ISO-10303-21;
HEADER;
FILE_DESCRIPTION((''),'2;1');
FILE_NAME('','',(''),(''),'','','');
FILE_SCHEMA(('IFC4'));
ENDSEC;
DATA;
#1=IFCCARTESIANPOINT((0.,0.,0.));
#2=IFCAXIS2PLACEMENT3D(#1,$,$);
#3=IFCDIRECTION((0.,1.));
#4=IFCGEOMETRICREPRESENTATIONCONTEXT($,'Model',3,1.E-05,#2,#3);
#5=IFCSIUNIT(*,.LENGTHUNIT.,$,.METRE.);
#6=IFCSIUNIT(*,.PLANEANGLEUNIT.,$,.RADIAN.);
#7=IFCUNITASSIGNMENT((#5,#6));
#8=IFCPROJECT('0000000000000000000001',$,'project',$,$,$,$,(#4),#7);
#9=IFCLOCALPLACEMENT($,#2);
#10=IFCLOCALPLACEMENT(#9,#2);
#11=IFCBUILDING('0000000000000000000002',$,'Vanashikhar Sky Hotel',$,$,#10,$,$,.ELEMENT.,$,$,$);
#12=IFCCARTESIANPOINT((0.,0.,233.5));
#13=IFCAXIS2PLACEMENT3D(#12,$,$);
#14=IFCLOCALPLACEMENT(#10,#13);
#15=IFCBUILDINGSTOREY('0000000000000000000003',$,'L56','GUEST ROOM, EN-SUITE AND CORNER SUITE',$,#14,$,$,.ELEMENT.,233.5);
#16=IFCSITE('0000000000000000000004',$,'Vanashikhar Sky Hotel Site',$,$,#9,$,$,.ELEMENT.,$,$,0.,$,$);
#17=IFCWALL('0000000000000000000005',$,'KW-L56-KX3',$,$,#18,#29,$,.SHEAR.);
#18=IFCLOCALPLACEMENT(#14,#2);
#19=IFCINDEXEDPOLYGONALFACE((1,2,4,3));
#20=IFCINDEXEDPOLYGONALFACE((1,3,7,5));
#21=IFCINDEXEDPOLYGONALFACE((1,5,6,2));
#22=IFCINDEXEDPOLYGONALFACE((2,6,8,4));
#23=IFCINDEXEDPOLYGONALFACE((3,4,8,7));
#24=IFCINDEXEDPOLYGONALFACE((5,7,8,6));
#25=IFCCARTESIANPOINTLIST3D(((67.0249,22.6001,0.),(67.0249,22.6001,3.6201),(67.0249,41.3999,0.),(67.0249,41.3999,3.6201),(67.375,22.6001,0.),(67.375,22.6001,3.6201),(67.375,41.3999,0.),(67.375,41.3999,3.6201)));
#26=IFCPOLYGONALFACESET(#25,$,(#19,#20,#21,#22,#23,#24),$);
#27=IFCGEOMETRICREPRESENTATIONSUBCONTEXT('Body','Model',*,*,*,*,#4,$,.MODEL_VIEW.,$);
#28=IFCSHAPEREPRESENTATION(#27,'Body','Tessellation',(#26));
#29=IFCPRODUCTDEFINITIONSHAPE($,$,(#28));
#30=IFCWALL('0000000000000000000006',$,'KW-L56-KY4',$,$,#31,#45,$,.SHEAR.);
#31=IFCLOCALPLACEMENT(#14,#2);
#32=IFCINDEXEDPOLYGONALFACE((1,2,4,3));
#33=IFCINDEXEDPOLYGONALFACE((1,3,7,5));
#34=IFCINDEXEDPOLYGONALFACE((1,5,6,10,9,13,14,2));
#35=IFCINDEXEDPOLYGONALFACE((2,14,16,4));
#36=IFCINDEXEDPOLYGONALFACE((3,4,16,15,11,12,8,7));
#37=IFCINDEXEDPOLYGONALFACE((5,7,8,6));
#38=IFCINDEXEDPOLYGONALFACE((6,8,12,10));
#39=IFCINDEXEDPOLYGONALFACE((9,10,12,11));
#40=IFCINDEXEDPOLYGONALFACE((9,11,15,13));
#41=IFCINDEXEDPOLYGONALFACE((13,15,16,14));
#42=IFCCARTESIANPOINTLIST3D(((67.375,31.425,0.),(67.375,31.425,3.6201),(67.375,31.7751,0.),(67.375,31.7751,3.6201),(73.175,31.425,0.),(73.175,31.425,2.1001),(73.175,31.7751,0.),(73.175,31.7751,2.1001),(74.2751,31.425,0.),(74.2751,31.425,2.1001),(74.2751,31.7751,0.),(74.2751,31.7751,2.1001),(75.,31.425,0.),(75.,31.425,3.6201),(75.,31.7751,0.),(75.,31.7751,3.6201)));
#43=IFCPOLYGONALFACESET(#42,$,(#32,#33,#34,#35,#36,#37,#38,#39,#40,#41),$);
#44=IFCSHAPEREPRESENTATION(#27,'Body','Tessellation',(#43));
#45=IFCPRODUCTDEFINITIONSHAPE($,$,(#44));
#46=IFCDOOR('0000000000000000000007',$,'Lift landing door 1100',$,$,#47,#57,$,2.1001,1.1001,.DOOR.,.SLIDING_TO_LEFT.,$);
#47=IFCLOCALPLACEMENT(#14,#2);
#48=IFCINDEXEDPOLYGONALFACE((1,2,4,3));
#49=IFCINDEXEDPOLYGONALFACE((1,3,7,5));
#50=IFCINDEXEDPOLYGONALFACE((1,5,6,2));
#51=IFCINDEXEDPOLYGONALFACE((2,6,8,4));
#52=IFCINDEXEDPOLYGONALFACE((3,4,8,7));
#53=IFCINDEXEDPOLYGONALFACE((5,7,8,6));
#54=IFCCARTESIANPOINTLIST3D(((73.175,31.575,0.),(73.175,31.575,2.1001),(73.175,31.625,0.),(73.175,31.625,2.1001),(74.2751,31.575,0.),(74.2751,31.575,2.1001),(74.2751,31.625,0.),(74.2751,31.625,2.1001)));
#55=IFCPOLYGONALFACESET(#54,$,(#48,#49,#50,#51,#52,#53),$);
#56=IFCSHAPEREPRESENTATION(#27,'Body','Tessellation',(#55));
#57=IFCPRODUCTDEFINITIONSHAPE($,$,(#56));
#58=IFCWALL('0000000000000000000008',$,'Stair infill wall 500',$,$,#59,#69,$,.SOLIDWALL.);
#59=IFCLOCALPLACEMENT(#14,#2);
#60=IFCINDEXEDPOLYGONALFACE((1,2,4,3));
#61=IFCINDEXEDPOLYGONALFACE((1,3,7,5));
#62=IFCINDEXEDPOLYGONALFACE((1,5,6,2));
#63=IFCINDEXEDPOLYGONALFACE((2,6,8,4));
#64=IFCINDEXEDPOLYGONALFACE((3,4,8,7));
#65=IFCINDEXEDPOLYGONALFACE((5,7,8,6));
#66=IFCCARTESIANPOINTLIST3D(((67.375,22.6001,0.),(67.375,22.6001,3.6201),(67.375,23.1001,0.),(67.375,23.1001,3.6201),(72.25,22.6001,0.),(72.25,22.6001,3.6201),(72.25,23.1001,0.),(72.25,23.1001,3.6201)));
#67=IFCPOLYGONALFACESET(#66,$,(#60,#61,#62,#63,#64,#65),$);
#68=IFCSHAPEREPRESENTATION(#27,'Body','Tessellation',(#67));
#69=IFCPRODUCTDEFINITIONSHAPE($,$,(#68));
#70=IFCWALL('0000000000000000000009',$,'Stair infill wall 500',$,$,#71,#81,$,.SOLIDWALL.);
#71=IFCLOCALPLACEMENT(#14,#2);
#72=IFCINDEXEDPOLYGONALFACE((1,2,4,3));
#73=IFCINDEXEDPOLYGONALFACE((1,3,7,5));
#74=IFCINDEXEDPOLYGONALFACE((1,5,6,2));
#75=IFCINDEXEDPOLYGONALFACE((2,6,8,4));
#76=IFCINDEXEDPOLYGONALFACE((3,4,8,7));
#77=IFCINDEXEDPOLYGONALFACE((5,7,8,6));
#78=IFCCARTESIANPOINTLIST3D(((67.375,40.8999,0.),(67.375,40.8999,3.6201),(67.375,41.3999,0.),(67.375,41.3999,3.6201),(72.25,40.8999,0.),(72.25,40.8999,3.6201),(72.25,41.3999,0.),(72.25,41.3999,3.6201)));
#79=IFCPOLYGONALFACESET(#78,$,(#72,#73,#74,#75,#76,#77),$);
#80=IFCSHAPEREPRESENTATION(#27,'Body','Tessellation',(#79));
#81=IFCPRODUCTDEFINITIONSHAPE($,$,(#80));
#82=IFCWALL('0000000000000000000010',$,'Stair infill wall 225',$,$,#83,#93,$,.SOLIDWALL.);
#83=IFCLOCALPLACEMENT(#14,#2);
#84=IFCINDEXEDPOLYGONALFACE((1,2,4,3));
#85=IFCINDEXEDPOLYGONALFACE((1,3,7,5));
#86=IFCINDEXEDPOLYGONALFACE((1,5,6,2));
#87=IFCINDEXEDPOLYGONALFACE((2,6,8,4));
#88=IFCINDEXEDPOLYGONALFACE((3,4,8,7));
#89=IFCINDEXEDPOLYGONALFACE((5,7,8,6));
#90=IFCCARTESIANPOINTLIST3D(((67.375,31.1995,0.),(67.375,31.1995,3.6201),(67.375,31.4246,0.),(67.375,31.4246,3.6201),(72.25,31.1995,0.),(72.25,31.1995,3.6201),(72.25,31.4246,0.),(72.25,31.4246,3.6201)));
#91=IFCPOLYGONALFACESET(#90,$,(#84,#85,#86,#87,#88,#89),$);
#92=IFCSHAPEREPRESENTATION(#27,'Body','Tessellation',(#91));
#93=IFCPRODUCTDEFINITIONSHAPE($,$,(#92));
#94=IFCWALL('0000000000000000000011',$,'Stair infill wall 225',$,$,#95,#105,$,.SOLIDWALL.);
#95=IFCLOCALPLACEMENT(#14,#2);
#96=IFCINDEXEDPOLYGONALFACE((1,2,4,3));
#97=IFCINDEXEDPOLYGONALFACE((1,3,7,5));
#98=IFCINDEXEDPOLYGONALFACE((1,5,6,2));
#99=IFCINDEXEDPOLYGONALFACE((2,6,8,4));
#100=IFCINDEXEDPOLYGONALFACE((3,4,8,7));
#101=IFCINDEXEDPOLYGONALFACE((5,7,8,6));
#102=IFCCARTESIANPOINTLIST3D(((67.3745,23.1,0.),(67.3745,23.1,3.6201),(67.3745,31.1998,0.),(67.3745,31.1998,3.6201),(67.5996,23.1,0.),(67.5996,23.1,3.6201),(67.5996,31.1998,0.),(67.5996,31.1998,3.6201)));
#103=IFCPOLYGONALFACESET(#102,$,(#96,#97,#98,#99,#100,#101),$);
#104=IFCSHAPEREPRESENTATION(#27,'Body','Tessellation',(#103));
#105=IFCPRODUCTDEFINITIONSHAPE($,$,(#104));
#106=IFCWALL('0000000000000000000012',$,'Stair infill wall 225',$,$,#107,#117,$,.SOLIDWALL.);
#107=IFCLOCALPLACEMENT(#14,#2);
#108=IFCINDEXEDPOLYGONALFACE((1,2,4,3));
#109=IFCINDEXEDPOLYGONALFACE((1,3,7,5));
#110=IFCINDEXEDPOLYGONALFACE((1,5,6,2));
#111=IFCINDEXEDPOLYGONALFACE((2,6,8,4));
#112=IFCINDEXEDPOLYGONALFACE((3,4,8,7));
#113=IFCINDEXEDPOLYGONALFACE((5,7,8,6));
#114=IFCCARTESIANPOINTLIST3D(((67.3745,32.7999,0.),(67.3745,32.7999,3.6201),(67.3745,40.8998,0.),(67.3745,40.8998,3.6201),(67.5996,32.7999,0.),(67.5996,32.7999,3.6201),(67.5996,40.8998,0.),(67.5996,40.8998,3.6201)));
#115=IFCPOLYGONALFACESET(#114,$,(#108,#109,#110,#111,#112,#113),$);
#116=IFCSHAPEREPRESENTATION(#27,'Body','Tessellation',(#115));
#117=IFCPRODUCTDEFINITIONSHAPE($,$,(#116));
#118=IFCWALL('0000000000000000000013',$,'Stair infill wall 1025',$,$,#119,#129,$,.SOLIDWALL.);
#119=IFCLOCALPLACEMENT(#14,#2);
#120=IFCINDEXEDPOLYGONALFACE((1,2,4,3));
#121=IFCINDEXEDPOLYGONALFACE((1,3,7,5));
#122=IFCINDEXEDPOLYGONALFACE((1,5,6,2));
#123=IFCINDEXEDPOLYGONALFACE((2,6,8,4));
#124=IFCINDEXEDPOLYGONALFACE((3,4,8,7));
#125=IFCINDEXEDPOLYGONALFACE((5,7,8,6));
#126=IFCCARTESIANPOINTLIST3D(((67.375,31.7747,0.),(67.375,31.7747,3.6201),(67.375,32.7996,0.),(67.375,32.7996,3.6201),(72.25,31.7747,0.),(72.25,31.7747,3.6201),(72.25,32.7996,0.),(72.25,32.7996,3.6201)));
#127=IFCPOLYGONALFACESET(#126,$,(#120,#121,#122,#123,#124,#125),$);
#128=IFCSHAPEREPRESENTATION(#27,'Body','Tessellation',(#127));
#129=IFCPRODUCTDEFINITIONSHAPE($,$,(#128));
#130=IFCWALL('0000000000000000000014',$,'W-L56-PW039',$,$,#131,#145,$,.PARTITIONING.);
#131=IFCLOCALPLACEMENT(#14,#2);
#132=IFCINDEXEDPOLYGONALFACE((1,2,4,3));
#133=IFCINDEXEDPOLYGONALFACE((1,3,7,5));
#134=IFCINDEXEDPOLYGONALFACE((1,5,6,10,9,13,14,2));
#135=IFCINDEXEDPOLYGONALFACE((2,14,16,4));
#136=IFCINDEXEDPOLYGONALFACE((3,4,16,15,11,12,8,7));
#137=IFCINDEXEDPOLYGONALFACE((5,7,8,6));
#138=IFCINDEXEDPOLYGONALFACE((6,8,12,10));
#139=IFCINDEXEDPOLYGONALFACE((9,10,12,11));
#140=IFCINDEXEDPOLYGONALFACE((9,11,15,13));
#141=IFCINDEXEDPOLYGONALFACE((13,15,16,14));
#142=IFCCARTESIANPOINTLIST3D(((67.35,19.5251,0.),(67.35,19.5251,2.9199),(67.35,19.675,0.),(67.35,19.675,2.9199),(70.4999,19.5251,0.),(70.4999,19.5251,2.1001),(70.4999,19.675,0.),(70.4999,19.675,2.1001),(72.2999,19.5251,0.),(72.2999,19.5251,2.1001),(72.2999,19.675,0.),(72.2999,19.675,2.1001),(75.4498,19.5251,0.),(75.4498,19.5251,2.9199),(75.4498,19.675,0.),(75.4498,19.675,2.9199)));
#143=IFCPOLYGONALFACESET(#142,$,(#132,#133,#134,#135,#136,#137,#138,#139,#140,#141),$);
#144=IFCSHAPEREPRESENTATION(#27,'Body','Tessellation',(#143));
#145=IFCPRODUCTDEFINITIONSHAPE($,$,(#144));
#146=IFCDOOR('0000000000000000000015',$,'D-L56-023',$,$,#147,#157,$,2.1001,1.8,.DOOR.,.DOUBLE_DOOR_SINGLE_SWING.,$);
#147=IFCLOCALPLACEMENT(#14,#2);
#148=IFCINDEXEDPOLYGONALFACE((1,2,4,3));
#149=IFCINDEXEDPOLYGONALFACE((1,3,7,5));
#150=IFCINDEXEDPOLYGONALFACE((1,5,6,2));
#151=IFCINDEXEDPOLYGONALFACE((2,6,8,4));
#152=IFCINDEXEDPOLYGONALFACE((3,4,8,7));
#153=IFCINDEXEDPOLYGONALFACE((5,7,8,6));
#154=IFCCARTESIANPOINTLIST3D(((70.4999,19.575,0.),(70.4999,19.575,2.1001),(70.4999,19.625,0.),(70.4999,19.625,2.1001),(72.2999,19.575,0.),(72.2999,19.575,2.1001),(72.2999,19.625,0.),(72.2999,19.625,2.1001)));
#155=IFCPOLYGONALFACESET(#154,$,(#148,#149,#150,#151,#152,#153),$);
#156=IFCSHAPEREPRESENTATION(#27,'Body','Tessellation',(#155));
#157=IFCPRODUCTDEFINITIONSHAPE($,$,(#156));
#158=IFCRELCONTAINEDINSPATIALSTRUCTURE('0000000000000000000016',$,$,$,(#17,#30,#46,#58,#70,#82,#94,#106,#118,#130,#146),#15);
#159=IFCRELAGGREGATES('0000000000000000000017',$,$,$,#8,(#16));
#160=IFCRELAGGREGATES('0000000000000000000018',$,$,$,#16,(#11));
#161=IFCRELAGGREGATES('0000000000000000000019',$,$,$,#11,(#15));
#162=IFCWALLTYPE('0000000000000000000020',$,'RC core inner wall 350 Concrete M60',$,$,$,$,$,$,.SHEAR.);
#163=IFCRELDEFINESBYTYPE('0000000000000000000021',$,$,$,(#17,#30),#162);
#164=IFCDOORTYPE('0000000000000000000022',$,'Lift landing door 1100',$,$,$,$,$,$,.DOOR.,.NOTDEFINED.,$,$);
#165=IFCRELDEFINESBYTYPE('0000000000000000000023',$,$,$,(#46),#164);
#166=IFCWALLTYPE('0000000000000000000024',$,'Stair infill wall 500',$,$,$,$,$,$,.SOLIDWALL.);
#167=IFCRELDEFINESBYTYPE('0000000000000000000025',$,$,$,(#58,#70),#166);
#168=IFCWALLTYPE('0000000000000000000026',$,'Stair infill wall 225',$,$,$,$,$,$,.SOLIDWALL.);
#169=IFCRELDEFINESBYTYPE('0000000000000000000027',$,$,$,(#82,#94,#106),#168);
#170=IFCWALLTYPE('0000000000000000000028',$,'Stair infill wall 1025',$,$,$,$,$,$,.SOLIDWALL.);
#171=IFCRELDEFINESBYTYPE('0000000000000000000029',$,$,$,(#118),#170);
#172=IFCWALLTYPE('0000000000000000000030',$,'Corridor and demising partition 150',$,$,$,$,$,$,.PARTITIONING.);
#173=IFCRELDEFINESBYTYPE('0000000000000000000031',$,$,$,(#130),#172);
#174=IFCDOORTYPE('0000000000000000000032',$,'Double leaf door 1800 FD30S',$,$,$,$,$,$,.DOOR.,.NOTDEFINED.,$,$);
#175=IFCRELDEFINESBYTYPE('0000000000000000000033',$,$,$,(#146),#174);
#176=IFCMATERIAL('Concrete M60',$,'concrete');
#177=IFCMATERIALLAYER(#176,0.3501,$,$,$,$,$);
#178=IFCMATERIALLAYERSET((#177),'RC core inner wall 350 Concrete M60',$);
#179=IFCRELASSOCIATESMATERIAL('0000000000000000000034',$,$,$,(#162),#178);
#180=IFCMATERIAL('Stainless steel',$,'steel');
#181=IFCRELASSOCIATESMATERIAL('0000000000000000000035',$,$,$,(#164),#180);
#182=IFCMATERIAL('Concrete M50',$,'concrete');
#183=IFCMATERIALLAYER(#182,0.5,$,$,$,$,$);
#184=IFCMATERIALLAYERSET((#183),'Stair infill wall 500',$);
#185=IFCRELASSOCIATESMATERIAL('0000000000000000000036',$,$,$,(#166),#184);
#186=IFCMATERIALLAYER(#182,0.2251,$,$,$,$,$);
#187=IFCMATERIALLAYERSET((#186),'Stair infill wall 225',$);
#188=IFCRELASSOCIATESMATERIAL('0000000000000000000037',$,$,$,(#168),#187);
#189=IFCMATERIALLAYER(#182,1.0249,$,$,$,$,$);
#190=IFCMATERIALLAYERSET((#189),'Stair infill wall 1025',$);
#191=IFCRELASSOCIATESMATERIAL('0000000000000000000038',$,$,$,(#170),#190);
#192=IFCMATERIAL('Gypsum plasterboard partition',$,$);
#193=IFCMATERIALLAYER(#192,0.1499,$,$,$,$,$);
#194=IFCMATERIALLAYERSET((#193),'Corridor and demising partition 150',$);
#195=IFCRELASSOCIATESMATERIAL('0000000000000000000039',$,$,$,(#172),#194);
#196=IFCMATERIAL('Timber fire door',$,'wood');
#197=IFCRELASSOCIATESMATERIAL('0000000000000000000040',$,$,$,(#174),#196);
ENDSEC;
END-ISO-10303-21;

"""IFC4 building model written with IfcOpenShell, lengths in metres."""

from ifc_helpers import new_model, si_unit, direction, frame, frame_2d, origin, place, context, subcontext, project, spatial, rectangle, extrude, source, transform, mapped, material, layer, layer_set, type_object, element, fill, save


model = new_model("IFC4")

# Units and contexts
model_context = context("Model", 3, precision=1e-05, world=origin(), true_north=direction((0.0, 1.0)))
body_context = subcontext(model_context, "Body", "Model", "MODEL_VIEW")
ifc_project = project(units=[si_unit("LENGTHUNIT", "METRE"), si_unit("PLANEANGLEUNIT", "RADIAN")], contexts=[model_context])

# Site, building, storey
site_placement = place(None, origin())
site = spatial("IfcSite", under=ifc_project, at=site_placement, Name="Vanashikhar Sky Hotel Site", CompositionType="ELEMENT", RefElevation=0.0)
building_placement = place(site_placement, origin())
building = spatial("IfcBuilding", under=site, at=building_placement, Name="Vanashikhar Sky Hotel", CompositionType="ELEMENT")
storey_placement = place(building_placement, frame((0.0, 0.0, 233.5)))
storey = spatial("IfcBuildingStorey", under=building, at=storey_placement, Name="L56", Description="GUEST ROOM, EN-SUITE AND CORNER SUITE", CompositionType="ELEMENT", Elevation=233.5)

# Wall
ifc_material_1 = material(Name="Concrete M60", Category="concrete")
ifc_layer_1 = layer(ifc_material_1, 0.3501)
ifc_layer_set_1 = layer_set([ifc_layer_1], Name="RC core inner wall 350 Concrete M60")
wall_type_1 = type_object("IfcWallType", Name="RC core inner wall 350 Concrete M60", PredefinedType="SHEAR", material=ifc_layer_set_1)
shared_shape_1 = source(origin(), body_context, "Body", "SweptSolid", [
    extrude(rectangle(XDim=18.7998, YDim=0.3501, at=frame_2d((9.3999, 0.0))), origin(), (0.0, 0.0, 1.0), 3.6201),
])
wall_1_placement = place(storey_placement, frame((67.2, 22.6001, 0.0), z_axis=(0.0, 0.0, 1.0), x_axis=(0.0, 1.0, 0.0)))
element("IfcWall", 1, at=wall_1_placement, inside=storey, type_object=wall_type_1, Name="KW-L56-KX3", PredefinedType="SHEAR", context=body_context, shape_type="MappedRepresentation", body=[
    mapped(shared_shape_1, transform((0.0, 0.0, 0.0), scale=1.0)),
])

# Wall, opening, door
shared_shape_2 = source(origin(), body_context, "Body", "SweptSolid", [
    extrude(rectangle(XDim=7.625, YDim=0.3501, at=frame_2d((3.8125, 0.0))), origin(), (0.0, 0.0, 1.0), 3.6201),
])
wall_2_placement = place(storey_placement, frame((67.375, 31.6001, 0.0), z_axis=(0.0, 0.0, 1.0), x_axis=(1.0, 0.0, 0.0)))
wall_2 = element("IfcWall", 2, at=wall_2_placement, inside=storey, type_object=wall_type_1, Name="KW-L56-KY4", PredefinedType="SHEAR", context=body_context, shape_type="MappedRepresentation", body=[
    mapped(shared_shape_2, transform((0.0, 0.0, 0.0), scale=1.0)),
])
shared_shape_3 = source(origin(), body_context, "Body", "SweptSolid", [
    extrude(rectangle(XDim=1.1001, YDim=2.1001, at=frame_2d((0.55, 1.05))), frame((0.0, 0.1851, 0.0), z_axis=(0.0, -1.0, 0.0), x_axis=(1.0, 0.0, 0.0)), (0.0, 0.0, 1.0), 0.3701),
])
opening_1_placement = place(wall_2_placement, frame((5.8, 0.0, 0.0)))
opening_1 = element("IfcOpeningElement", 3, at=opening_1_placement, cuts=wall_2, PredefinedType="OPENING", context=body_context, shape_type="MappedRepresentation", body=[
    mapped(shared_shape_3, transform((0.0, 0.0, 0.0), scale=1.0)),
])
ifc_material_2 = material(Name="Stainless steel", Category="steel")
door_type_1 = type_object("IfcDoorType", Name="Lift landing door 1100", OperationType="NOTDEFINED", PredefinedType="DOOR", material=ifc_material_2)
shared_shape_4 = source(origin(), body_context, "Body", "SweptSolid", [
    extrude(rectangle(XDim=1.1001, YDim=2.1001, at=frame_2d((0.55, 1.05))), frame((0.0, 0.0249, 0.0), z_axis=(0.0, -1.0, 0.0), x_axis=(1.0, 0.0, 0.0)), (0.0, 0.0, 1.0), 0.05),
])
door_1_placement = place(opening_1_placement, origin())
door_1 = element("IfcDoor", 4, at=door_1_placement, inside=storey, type_object=door_type_1, Name="Lift landing door 1100", OperationType="SLIDING_TO_LEFT", OverallHeight=2.1001, OverallWidth=1.1001, PredefinedType="DOOR", context=body_context, shape_type="MappedRepresentation", body=[
    mapped(shared_shape_4, transform((0.0, 0.0, 0.0), scale=1.0)),
])
fill(opening_1, door_1)

# Walls
ifc_material_3 = material(Name="Concrete M50", Category="concrete")
ifc_layer_2 = layer(ifc_material_3, 0.5)
ifc_layer_set_2 = layer_set([ifc_layer_2], Name="Stair infill wall 500")
wall_type_2 = type_object("IfcWallType", Name="Stair infill wall 500", PredefinedType="SOLIDWALL", material=ifc_layer_set_2)
shared_shape_5 = source(origin(), body_context, "Body", "SweptSolid", [
    extrude(rectangle(XDim=4.875, YDim=0.5, at=frame_2d((2.4375, 0.0))), origin(), (0.0, 0.0, 1.0), 3.6201),
])
for number, where, z_axis, x_axis, name in (
    (5, (67.375, 22.8501, 0.0), (0.0, 0.0, 1.0), (1.0, 0.0, 0.0), "Stair infill wall 500"),
    (6, (67.375, 41.1499, 0.0), (0.0, 0.0, 1.0), (1.0, 0.0, 0.0), "Stair infill wall 500"),
):
    element("IfcWall", number, at=place(storey_placement, frame(where, z_axis=z_axis, x_axis=x_axis)), inside=storey, type_object=wall_type_2, Name=name, PredefinedType="SOLIDWALL", context=body_context, shape_type="MappedRepresentation", body=[
        mapped(shared_shape_5, transform((0.0, 0.0, 0.0), scale=1.0)),
    ])
ifc_layer_3 = layer(ifc_material_3, 0.2251)
ifc_layer_set_3 = layer_set([ifc_layer_3], Name="Stair infill wall 225")
wall_type_3 = type_object("IfcWallType", Name="Stair infill wall 225", PredefinedType="SOLIDWALL", material=ifc_layer_set_3)
shared_shape_6 = source(origin(), body_context, "Body", "SweptSolid", [
    extrude(rectangle(XDim=4.875, YDim=0.2251, at=frame_2d((2.4375, 0.0))), origin(), (0.0, 0.0, 1.0), 3.6201),
])
wall_3_placement = place(storey_placement, frame((67.375, 31.312, 0.0), z_axis=(0.0, 0.0, 1.0), x_axis=(1.0, 0.0, 0.0)))
element("IfcWall", 7, at=wall_3_placement, inside=storey, type_object=wall_type_3, Name="Stair infill wall 225", PredefinedType="SOLIDWALL", context=body_context, shape_type="MappedRepresentation", body=[
    mapped(shared_shape_6, transform((0.0, 0.0, 0.0), scale=1.0)),
])
shared_shape_7 = source(origin(), body_context, "Body", "SweptSolid", [
    extrude(rectangle(XDim=8.0999, YDim=0.2251, at=frame_2d((4.0498, 0.0))), origin(), (0.0, 0.0, 1.0), 3.6201),
])
for number, where, z_axis, x_axis, name in (
    (8, (67.4871, 23.1001, 0.0), (0.0, 0.0, 1.0), (0.0, 1.0, 0.0), "Stair infill wall 225"),
    (9, (67.4871, 32.8, 0.0), (0.0, 0.0, 1.0), (0.0, 1.0, 0.0), "Stair infill wall 225"),
):
    element("IfcWall", number, at=place(storey_placement, frame(where, z_axis=z_axis, x_axis=x_axis)), inside=storey, type_object=wall_type_3, Name=name, PredefinedType="SOLIDWALL", context=body_context, shape_type="MappedRepresentation", body=[
        mapped(shared_shape_7, transform((0.0, 0.0, 0.0), scale=1.0)),
    ])
ifc_layer_4 = layer(ifc_material_3, 1.0249)
ifc_layer_set_4 = layer_set([ifc_layer_4], Name="Stair infill wall 1025")
wall_type_4 = type_object("IfcWallType", Name="Stair infill wall 1025", PredefinedType="SOLIDWALL", material=ifc_layer_set_4)
shared_shape_8 = source(origin(), body_context, "Body", "SweptSolid", [
    extrude(rectangle(XDim=4.875, YDim=1.0249, at=frame_2d((2.4375, 0.0))), origin(), (0.0, 0.0, 1.0), 3.6201),
])
wall_4_placement = place(storey_placement, frame((67.375, 32.2871, 0.0), z_axis=(0.0, 0.0, 1.0), x_axis=(1.0, 0.0, 0.0)))
element("IfcWall", 10, at=wall_4_placement, inside=storey, type_object=wall_type_4, Name="Stair infill wall 1025", PredefinedType="SOLIDWALL", context=body_context, shape_type="MappedRepresentation", body=[
    mapped(shared_shape_8, transform((0.0, 0.0, 0.0), scale=1.0)),
])

# Wall, opening, door
ifc_material_4 = material(Name="Gypsum plasterboard partition")
ifc_layer_5 = layer(ifc_material_4, 0.1499)
ifc_layer_set_5 = layer_set([ifc_layer_5], Name="Corridor and demising partition 150")
wall_type_5 = type_object("IfcWallType", Name="Corridor and demising partition 150", PredefinedType="PARTITIONING", material=ifc_layer_set_5)
shared_shape_9 = source(origin(), body_context, "Body", "SweptSolid", [
    extrude(rectangle(XDim=8.0999, YDim=0.1499, at=frame_2d((4.0498, 0.0))), origin(), (0.0, 0.0, 1.0), 2.9199),
])
wall_5_placement = place(storey_placement, frame((67.3501, 19.6001, 0.0), z_axis=(0.0, 0.0, 1.0), x_axis=(1.0, 0.0, 0.0)))
wall_5 = element("IfcWall", 11, at=wall_5_placement, inside=storey, type_object=wall_type_5, Name="W-L56-PW039", PredefinedType="PARTITIONING", context=body_context, shape_type="MappedRepresentation", body=[
    mapped(shared_shape_9, transform((0.0, 0.0, 0.0), scale=1.0)),
])
shared_shape_10 = source(origin(), body_context, "Body", "SweptSolid", [
    extrude(rectangle(XDim=1.8, YDim=2.1001, at=frame_2d((0.8999, 1.05))), frame((0.0, 0.085, 0.0), z_axis=(0.0, -1.0, 0.0), x_axis=(1.0, 0.0, 0.0)), (0.0, 0.0, 1.0), 0.1699),
])
opening_2_placement = place(wall_5_placement, frame((3.1499, 0.0, 0.0)))
opening_2 = element("IfcOpeningElement", 12, at=opening_2_placement, cuts=wall_5, PredefinedType="OPENING", context=body_context, shape_type="MappedRepresentation", body=[
    mapped(shared_shape_10, transform((0.0, 0.0, 0.0), scale=1.0)),
])
ifc_material_5 = material(Name="Timber fire door", Category="wood")
door_type_2 = type_object("IfcDoorType", Name="Double leaf door 1800 FD30S", OperationType="NOTDEFINED", PredefinedType="DOOR", material=ifc_material_5)
shared_shape_11 = source(origin(), body_context, "Body", "SweptSolid", [
    extrude(rectangle(XDim=1.8, YDim=2.1001, at=frame_2d((0.8999, 1.05))), frame((0.0, 0.0249, 0.0), z_axis=(0.0, -1.0, 0.0), x_axis=(1.0, 0.0, 0.0)), (0.0, 0.0, 1.0), 0.05),
])
door_2_placement = place(opening_2_placement, origin())
door_2 = element("IfcDoor", 13, at=door_2_placement, inside=storey, type_object=door_type_2, Name="D-L56-023", OperationType="DOUBLE_DOOR_SINGLE_SWING", OverallHeight=2.1001, OverallWidth=1.8, PredefinedType="DOOR", context=body_context, shape_type="MappedRepresentation", body=[
    mapped(shared_shape_11, transform((0.0, 0.0, 0.0), scale=1.0)),
])
fill(opening_2, door_2)

save(model, "model.ifc")
